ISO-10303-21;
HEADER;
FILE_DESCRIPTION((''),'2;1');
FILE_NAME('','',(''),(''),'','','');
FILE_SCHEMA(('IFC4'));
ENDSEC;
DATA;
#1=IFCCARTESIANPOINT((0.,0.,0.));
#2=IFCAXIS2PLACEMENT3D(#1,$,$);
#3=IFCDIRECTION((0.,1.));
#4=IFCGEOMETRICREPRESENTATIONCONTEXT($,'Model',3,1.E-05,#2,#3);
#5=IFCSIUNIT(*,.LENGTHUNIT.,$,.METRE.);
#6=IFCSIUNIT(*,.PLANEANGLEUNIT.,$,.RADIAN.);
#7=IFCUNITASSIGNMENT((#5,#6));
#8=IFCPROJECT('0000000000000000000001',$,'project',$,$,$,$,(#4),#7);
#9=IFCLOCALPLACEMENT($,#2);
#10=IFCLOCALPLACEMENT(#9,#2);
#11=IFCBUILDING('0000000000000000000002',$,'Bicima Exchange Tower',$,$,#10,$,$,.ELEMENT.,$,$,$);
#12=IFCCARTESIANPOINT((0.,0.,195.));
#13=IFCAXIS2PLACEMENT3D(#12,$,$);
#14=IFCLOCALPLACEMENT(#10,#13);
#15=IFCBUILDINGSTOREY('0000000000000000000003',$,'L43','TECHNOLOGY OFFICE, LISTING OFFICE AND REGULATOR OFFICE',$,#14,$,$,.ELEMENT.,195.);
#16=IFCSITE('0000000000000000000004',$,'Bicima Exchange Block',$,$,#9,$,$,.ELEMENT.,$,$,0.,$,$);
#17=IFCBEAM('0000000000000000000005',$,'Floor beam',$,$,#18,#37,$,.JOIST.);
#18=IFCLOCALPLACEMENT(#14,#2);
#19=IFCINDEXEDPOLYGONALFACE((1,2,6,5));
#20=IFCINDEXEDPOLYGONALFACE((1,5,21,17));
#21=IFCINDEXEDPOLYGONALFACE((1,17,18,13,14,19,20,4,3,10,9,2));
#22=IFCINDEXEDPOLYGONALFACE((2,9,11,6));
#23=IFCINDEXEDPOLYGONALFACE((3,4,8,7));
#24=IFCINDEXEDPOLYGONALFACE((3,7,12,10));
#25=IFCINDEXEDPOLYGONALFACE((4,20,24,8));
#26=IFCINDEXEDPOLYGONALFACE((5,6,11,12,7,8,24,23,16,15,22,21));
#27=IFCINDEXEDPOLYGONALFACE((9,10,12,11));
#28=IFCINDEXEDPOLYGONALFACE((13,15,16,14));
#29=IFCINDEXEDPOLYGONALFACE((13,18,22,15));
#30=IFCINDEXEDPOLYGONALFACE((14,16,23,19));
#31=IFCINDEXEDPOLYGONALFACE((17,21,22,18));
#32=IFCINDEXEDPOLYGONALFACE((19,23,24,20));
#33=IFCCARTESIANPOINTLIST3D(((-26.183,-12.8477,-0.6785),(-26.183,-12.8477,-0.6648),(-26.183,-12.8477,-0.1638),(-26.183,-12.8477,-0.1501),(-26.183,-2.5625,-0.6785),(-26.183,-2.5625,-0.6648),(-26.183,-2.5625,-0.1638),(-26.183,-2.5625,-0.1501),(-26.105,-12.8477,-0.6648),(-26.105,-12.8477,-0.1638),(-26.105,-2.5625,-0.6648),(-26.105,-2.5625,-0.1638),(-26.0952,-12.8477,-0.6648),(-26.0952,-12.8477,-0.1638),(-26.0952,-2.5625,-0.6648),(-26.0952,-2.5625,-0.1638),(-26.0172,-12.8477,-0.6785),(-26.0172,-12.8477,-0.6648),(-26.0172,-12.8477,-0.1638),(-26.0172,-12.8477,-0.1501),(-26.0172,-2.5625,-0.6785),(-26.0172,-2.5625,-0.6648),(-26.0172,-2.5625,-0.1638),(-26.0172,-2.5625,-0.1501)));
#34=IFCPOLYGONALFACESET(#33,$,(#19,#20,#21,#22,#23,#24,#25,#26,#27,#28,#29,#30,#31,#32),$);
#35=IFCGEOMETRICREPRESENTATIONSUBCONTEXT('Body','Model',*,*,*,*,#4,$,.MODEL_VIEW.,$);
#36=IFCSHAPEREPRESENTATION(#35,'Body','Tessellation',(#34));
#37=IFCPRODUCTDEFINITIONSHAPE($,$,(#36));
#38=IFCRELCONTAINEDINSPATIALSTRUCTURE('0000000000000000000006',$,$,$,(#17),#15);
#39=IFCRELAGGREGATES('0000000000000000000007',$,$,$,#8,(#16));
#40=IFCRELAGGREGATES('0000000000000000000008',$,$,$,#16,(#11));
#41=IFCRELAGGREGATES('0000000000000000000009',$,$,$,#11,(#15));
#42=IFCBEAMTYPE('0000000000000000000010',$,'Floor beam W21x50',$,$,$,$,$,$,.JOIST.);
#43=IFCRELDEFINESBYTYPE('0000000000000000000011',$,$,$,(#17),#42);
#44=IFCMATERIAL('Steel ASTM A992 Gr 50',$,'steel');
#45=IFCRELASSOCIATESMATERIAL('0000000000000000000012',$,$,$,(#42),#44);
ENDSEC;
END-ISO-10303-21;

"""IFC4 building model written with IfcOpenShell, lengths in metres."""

from ifc_helpers import new_model, si_unit, direction, frame, origin, origin_2d, place, context, subcontext, project, spatial, i_section, extrude, material, material_profile, profile_set, type_object, element, save


model = new_model("IFC4")

# Units and contexts
model_context = context("Model", 3, precision=1e-05, world=origin(), true_north=direction((0.0, 1.0)))
body_context = subcontext(model_context, "Body", "Model", "MODEL_VIEW")
ifc_project = project(units=[si_unit("LENGTHUNIT", "METRE"), si_unit("PLANEANGLEUNIT", "RADIAN")], contexts=[model_context])

# Site, building, storey
site_placement = place(None, origin())
site = spatial("IfcSite", under=ifc_project, at=site_placement, Name="Bicima Exchange Block", CompositionType="ELEMENT", RefElevation=0.0)
building_placement = place(site_placement, origin())
building = spatial("IfcBuilding", under=site, at=building_placement, Name="Bicima Exchange Tower", CompositionType="ELEMENT")
storey_placement = place(building_placement, frame((0.0, 0.0, 195.0)))
storey = spatial("IfcBuildingStorey", under=building, at=storey_placement, Name="L43", Description="TECHNOLOGY OFFICE, LISTING OFFICE AND REGULATOR OFFICE", CompositionType="ELEMENT", Elevation=195.0)

# Beam
ifc_material_1 = material(Name="Steel ASTM A992 Gr 50", Category="steel")
ifc_material_profile = material_profile(ifc_material_1, i_section(OverallWidth=0.1658, OverallDepth=0.5283, WebThickness=0.0098, FlangeThickness=0.0137, at=origin_2d()))
ifc_profile_set = profile_set([ifc_material_profile], Name="Steel ASTM A992 Gr 50")
beam_type = type_object("IfcBeamType", Name="Floor beam W21x50", PredefinedType="JOIST", material=ifc_profile_set)
beam_placement = place(storey_placement, frame((-26.1001, -2.5625, -0.4143), z_axis=(0.0, -1.0, 0.0), x_axis=(1.0, 0.0, 0.0)))
element("IfcBeam", 1, at=beam_placement, inside=storey, type_object=beam_type, Name="Floor beam", PredefinedType="JOIST", context=body_context, shape_type="SweptSolid", body=[
    extrude(i_section(OverallWidth=0.1658, OverallDepth=0.5283, WebThickness=0.0098, FlangeThickness=0.0137, at=origin_2d()), origin(), (0.0, 0.0, 1.0), 10.2852),
])

save(model, "model.ifc")
